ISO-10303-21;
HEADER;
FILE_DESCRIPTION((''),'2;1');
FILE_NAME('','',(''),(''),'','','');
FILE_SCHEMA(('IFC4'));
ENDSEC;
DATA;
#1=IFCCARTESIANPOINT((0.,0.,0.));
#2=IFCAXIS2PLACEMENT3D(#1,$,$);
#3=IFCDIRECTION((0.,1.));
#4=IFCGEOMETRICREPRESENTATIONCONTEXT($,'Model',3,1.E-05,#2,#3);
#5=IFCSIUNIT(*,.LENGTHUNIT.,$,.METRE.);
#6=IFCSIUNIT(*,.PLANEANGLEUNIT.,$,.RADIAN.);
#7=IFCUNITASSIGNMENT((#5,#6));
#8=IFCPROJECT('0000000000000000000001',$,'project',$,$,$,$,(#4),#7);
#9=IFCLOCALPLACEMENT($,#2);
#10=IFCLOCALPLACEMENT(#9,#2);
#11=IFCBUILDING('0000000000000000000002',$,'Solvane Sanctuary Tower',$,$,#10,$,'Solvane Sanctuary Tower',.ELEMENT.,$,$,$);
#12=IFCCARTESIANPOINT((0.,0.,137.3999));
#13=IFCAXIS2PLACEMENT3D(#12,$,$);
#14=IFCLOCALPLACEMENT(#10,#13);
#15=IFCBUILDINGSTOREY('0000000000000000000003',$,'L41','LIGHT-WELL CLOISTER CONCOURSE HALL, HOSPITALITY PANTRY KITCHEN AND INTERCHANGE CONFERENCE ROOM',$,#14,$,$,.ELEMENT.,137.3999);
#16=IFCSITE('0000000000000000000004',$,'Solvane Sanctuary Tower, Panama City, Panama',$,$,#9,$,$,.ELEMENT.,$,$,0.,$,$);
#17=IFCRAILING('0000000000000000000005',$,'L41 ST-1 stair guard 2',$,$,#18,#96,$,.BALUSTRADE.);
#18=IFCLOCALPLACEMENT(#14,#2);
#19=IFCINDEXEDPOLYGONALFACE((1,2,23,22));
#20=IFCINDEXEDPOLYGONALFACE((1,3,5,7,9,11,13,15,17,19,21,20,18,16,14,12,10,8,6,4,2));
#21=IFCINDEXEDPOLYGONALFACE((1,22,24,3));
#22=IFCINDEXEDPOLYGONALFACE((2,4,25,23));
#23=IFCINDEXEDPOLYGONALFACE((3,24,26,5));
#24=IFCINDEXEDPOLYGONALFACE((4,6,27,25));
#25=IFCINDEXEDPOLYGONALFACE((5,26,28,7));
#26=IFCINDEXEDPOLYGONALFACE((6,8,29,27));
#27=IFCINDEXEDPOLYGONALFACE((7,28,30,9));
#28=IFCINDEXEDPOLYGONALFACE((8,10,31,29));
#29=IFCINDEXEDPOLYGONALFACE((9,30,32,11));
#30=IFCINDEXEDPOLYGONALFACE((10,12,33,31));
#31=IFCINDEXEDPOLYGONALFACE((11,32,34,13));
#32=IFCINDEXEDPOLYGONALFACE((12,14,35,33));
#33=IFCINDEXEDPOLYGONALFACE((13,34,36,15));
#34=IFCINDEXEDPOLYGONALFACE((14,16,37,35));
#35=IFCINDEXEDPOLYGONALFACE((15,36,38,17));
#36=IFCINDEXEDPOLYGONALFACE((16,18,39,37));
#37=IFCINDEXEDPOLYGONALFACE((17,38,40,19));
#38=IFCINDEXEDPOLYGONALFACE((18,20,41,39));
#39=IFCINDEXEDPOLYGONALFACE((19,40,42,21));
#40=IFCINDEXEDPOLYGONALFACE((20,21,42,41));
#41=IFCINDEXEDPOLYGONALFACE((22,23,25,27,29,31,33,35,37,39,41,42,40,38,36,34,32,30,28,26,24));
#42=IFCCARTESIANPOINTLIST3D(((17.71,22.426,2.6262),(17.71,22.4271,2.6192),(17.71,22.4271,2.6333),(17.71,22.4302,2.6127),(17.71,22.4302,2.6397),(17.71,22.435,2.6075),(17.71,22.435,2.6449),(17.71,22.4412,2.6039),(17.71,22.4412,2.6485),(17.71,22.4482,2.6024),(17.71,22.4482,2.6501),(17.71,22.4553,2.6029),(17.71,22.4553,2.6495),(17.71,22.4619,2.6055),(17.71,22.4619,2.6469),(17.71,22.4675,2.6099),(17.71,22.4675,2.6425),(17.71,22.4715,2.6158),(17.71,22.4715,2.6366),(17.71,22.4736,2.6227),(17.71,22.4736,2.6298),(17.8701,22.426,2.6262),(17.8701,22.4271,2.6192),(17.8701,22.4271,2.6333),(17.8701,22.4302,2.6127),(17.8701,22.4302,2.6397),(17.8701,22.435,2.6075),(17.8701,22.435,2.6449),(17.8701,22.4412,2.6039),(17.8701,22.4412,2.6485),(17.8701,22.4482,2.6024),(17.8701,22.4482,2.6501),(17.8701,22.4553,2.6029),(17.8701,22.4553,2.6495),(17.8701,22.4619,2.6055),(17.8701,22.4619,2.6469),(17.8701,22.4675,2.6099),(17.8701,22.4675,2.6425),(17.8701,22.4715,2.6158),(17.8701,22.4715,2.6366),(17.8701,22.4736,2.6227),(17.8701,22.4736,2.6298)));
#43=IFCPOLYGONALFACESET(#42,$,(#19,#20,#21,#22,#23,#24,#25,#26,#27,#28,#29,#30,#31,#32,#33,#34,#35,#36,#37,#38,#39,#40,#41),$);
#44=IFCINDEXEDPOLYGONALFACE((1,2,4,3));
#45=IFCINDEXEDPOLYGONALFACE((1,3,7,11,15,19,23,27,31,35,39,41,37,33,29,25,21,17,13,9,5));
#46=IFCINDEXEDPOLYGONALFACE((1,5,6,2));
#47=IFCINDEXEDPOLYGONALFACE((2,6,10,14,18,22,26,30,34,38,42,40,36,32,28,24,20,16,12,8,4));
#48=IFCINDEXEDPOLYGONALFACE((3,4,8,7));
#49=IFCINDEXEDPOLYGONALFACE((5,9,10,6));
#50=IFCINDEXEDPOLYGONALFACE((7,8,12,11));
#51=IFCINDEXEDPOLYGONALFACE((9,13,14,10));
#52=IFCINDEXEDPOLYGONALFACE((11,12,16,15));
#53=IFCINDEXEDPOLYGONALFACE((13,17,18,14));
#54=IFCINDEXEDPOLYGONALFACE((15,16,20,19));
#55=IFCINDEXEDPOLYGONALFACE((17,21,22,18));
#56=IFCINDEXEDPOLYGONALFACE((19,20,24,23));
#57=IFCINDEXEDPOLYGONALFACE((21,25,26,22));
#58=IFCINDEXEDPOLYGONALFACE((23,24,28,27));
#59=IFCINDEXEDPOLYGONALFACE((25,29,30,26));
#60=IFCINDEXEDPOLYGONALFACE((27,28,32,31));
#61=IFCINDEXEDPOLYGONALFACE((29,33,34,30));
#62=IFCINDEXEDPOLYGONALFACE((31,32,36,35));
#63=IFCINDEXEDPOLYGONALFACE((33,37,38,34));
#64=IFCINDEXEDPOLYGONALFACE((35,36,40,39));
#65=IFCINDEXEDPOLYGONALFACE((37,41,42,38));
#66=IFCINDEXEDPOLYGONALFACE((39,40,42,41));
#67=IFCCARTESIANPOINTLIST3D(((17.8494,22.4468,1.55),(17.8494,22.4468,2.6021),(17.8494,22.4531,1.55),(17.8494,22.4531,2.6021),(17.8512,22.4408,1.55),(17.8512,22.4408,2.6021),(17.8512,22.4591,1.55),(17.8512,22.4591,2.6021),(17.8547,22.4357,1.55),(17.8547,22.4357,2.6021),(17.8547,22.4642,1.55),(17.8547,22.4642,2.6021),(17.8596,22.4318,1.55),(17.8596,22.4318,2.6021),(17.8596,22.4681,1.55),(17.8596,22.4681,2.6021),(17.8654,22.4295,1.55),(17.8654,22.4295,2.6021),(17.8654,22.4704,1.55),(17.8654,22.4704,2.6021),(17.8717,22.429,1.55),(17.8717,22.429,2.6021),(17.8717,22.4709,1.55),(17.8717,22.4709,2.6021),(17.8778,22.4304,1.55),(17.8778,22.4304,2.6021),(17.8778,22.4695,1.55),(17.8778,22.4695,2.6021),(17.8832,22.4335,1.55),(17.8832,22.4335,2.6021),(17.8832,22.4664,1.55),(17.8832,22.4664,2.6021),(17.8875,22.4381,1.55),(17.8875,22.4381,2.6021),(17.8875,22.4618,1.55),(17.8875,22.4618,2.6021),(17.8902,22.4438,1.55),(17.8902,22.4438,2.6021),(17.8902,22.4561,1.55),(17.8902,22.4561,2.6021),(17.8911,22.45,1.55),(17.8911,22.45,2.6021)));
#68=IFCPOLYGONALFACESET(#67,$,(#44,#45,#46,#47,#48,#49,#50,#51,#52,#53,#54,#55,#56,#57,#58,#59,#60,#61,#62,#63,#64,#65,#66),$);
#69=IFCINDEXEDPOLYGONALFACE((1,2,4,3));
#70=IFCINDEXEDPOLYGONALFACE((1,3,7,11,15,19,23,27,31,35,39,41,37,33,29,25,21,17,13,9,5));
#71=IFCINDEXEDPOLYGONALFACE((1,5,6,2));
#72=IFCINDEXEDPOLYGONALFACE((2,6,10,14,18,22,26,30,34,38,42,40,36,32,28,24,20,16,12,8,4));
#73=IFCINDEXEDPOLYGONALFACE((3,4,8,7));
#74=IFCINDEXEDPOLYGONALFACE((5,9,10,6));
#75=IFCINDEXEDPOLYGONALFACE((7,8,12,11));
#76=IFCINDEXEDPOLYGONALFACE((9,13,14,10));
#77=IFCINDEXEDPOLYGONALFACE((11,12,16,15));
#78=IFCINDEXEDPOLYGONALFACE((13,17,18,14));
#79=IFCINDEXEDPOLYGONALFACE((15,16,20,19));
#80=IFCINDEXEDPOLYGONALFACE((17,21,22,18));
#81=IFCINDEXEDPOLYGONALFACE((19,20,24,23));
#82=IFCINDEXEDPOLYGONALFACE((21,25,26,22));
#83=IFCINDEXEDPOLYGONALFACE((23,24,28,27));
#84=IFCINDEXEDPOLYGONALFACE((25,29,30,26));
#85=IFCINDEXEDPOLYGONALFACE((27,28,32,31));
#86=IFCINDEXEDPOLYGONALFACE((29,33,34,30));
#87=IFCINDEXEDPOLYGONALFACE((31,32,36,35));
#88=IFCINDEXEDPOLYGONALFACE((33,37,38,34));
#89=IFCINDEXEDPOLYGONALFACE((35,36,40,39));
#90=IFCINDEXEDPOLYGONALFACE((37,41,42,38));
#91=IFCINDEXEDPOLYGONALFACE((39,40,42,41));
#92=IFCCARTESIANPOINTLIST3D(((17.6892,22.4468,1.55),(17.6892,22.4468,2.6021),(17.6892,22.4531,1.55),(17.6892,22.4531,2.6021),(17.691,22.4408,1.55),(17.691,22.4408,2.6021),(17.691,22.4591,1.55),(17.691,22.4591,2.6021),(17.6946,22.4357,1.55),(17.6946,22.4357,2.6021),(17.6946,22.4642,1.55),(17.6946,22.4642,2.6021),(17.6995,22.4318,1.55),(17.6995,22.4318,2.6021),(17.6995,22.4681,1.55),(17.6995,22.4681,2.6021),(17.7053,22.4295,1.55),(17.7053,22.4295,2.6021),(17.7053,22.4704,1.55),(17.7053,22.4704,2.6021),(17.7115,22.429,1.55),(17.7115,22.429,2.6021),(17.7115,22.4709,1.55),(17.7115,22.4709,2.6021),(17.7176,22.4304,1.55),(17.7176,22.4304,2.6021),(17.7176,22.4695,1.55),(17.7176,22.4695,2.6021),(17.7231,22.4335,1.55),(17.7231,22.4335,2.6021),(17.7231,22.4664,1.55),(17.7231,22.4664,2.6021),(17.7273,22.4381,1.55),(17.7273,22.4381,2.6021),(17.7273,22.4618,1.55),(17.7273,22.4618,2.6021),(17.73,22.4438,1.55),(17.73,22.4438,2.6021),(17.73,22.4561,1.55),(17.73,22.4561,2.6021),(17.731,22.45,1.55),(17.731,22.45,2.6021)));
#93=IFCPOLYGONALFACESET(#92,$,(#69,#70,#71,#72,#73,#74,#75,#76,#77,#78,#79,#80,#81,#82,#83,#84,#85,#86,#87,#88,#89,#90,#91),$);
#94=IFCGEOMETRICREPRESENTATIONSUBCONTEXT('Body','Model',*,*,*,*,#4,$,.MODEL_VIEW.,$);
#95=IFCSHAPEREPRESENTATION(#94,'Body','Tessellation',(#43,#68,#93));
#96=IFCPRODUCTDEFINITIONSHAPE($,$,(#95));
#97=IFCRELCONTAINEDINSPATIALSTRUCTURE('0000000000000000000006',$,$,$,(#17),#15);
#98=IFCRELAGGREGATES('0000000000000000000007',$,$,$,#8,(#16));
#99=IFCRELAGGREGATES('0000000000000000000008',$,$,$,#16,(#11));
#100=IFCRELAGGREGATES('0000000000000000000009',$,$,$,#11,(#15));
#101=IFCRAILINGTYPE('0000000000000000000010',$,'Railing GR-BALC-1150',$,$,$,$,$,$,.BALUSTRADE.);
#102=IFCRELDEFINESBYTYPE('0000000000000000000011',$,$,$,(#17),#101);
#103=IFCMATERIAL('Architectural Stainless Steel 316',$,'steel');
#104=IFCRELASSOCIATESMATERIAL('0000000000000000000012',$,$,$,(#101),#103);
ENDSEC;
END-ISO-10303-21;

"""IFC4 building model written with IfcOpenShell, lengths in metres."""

from ifc_helpers import new_model, si_unit, direction, frame, origin, origin_2d, place, context, subcontext, project, spatial, circle, extrude, material, type_object, element, save


model = new_model("IFC4")

# Units and contexts
model_context = context("Model", 3, precision=1e-05, world=origin(), true_north=direction((0.0, 1.0)))
body_context = subcontext(model_context, "Body", "Model", "MODEL_VIEW")
ifc_project = project(units=[si_unit("LENGTHUNIT", "METRE"), si_unit("PLANEANGLEUNIT", "RADIAN")], contexts=[model_context])

# Site, building, storey
site_placement = place(None, origin())
site = spatial("IfcSite", under=ifc_project, at=site_placement, Name="Solvane Sanctuary Tower, Panama City, Panama", CompositionType="ELEMENT", RefElevation=0.0)
building_placement = place(site_placement, origin())
building = spatial("IfcBuilding", under=site, at=building_placement, Name="Solvane Sanctuary Tower", LongName="Solvane Sanctuary Tower", CompositionType="ELEMENT")
storey_placement = place(building_placement, frame((0.0, 0.0, 137.3999)))
storey = spatial("IfcBuildingStorey", under=building, at=storey_placement, Name="L41", Description="LIGHT-WELL CLOISTER CONCOURSE HALL, HOSPITALITY PANTRY KITCHEN AND INTERCHANGE CONFERENCE ROOM", CompositionType="ELEMENT", Elevation=137.3999)

# Shared definitions
ifc_material_1 = material(Name="Architectural Stainless Steel 316", Category="steel")

# Railing
railing_type_1 = type_object("IfcRailingType", Name="Railing GR-BALC-1150", PredefinedType="BALUSTRADE", material=ifc_material_1)
railing_1_placement = place(storey_placement, frame((17.8701, 22.45, 1.55)))
element("IfcRailing", 1, at=railing_1_placement, inside=storey, type_object=railing_type_1, Name="L41 ST-1 stair guard 2", PredefinedType="BALUSTRADE", context=body_context, shape_type="SweptSolid", body=[
    extrude(circle(Radius=0.0239, at=origin_2d()), frame((0.0, 0.0, 1.0762), z_axis=(-1.0, 0.0, 0.0), x_axis=(0.0, -1.0, 0.0)), (0.0, 0.0, 1.0), 0.1602),
    extrude(circle(Radius=0.021, at=origin_2d()), origin(), (0.0, 0.0, 1.0), 1.052),
    extrude(circle(Radius=0.021, at=origin_2d()), frame((-0.1602, 0.0, 0.0)), (0.0, 0.0, 1.0), 1.052),
])

save(model, "model.ifc")
